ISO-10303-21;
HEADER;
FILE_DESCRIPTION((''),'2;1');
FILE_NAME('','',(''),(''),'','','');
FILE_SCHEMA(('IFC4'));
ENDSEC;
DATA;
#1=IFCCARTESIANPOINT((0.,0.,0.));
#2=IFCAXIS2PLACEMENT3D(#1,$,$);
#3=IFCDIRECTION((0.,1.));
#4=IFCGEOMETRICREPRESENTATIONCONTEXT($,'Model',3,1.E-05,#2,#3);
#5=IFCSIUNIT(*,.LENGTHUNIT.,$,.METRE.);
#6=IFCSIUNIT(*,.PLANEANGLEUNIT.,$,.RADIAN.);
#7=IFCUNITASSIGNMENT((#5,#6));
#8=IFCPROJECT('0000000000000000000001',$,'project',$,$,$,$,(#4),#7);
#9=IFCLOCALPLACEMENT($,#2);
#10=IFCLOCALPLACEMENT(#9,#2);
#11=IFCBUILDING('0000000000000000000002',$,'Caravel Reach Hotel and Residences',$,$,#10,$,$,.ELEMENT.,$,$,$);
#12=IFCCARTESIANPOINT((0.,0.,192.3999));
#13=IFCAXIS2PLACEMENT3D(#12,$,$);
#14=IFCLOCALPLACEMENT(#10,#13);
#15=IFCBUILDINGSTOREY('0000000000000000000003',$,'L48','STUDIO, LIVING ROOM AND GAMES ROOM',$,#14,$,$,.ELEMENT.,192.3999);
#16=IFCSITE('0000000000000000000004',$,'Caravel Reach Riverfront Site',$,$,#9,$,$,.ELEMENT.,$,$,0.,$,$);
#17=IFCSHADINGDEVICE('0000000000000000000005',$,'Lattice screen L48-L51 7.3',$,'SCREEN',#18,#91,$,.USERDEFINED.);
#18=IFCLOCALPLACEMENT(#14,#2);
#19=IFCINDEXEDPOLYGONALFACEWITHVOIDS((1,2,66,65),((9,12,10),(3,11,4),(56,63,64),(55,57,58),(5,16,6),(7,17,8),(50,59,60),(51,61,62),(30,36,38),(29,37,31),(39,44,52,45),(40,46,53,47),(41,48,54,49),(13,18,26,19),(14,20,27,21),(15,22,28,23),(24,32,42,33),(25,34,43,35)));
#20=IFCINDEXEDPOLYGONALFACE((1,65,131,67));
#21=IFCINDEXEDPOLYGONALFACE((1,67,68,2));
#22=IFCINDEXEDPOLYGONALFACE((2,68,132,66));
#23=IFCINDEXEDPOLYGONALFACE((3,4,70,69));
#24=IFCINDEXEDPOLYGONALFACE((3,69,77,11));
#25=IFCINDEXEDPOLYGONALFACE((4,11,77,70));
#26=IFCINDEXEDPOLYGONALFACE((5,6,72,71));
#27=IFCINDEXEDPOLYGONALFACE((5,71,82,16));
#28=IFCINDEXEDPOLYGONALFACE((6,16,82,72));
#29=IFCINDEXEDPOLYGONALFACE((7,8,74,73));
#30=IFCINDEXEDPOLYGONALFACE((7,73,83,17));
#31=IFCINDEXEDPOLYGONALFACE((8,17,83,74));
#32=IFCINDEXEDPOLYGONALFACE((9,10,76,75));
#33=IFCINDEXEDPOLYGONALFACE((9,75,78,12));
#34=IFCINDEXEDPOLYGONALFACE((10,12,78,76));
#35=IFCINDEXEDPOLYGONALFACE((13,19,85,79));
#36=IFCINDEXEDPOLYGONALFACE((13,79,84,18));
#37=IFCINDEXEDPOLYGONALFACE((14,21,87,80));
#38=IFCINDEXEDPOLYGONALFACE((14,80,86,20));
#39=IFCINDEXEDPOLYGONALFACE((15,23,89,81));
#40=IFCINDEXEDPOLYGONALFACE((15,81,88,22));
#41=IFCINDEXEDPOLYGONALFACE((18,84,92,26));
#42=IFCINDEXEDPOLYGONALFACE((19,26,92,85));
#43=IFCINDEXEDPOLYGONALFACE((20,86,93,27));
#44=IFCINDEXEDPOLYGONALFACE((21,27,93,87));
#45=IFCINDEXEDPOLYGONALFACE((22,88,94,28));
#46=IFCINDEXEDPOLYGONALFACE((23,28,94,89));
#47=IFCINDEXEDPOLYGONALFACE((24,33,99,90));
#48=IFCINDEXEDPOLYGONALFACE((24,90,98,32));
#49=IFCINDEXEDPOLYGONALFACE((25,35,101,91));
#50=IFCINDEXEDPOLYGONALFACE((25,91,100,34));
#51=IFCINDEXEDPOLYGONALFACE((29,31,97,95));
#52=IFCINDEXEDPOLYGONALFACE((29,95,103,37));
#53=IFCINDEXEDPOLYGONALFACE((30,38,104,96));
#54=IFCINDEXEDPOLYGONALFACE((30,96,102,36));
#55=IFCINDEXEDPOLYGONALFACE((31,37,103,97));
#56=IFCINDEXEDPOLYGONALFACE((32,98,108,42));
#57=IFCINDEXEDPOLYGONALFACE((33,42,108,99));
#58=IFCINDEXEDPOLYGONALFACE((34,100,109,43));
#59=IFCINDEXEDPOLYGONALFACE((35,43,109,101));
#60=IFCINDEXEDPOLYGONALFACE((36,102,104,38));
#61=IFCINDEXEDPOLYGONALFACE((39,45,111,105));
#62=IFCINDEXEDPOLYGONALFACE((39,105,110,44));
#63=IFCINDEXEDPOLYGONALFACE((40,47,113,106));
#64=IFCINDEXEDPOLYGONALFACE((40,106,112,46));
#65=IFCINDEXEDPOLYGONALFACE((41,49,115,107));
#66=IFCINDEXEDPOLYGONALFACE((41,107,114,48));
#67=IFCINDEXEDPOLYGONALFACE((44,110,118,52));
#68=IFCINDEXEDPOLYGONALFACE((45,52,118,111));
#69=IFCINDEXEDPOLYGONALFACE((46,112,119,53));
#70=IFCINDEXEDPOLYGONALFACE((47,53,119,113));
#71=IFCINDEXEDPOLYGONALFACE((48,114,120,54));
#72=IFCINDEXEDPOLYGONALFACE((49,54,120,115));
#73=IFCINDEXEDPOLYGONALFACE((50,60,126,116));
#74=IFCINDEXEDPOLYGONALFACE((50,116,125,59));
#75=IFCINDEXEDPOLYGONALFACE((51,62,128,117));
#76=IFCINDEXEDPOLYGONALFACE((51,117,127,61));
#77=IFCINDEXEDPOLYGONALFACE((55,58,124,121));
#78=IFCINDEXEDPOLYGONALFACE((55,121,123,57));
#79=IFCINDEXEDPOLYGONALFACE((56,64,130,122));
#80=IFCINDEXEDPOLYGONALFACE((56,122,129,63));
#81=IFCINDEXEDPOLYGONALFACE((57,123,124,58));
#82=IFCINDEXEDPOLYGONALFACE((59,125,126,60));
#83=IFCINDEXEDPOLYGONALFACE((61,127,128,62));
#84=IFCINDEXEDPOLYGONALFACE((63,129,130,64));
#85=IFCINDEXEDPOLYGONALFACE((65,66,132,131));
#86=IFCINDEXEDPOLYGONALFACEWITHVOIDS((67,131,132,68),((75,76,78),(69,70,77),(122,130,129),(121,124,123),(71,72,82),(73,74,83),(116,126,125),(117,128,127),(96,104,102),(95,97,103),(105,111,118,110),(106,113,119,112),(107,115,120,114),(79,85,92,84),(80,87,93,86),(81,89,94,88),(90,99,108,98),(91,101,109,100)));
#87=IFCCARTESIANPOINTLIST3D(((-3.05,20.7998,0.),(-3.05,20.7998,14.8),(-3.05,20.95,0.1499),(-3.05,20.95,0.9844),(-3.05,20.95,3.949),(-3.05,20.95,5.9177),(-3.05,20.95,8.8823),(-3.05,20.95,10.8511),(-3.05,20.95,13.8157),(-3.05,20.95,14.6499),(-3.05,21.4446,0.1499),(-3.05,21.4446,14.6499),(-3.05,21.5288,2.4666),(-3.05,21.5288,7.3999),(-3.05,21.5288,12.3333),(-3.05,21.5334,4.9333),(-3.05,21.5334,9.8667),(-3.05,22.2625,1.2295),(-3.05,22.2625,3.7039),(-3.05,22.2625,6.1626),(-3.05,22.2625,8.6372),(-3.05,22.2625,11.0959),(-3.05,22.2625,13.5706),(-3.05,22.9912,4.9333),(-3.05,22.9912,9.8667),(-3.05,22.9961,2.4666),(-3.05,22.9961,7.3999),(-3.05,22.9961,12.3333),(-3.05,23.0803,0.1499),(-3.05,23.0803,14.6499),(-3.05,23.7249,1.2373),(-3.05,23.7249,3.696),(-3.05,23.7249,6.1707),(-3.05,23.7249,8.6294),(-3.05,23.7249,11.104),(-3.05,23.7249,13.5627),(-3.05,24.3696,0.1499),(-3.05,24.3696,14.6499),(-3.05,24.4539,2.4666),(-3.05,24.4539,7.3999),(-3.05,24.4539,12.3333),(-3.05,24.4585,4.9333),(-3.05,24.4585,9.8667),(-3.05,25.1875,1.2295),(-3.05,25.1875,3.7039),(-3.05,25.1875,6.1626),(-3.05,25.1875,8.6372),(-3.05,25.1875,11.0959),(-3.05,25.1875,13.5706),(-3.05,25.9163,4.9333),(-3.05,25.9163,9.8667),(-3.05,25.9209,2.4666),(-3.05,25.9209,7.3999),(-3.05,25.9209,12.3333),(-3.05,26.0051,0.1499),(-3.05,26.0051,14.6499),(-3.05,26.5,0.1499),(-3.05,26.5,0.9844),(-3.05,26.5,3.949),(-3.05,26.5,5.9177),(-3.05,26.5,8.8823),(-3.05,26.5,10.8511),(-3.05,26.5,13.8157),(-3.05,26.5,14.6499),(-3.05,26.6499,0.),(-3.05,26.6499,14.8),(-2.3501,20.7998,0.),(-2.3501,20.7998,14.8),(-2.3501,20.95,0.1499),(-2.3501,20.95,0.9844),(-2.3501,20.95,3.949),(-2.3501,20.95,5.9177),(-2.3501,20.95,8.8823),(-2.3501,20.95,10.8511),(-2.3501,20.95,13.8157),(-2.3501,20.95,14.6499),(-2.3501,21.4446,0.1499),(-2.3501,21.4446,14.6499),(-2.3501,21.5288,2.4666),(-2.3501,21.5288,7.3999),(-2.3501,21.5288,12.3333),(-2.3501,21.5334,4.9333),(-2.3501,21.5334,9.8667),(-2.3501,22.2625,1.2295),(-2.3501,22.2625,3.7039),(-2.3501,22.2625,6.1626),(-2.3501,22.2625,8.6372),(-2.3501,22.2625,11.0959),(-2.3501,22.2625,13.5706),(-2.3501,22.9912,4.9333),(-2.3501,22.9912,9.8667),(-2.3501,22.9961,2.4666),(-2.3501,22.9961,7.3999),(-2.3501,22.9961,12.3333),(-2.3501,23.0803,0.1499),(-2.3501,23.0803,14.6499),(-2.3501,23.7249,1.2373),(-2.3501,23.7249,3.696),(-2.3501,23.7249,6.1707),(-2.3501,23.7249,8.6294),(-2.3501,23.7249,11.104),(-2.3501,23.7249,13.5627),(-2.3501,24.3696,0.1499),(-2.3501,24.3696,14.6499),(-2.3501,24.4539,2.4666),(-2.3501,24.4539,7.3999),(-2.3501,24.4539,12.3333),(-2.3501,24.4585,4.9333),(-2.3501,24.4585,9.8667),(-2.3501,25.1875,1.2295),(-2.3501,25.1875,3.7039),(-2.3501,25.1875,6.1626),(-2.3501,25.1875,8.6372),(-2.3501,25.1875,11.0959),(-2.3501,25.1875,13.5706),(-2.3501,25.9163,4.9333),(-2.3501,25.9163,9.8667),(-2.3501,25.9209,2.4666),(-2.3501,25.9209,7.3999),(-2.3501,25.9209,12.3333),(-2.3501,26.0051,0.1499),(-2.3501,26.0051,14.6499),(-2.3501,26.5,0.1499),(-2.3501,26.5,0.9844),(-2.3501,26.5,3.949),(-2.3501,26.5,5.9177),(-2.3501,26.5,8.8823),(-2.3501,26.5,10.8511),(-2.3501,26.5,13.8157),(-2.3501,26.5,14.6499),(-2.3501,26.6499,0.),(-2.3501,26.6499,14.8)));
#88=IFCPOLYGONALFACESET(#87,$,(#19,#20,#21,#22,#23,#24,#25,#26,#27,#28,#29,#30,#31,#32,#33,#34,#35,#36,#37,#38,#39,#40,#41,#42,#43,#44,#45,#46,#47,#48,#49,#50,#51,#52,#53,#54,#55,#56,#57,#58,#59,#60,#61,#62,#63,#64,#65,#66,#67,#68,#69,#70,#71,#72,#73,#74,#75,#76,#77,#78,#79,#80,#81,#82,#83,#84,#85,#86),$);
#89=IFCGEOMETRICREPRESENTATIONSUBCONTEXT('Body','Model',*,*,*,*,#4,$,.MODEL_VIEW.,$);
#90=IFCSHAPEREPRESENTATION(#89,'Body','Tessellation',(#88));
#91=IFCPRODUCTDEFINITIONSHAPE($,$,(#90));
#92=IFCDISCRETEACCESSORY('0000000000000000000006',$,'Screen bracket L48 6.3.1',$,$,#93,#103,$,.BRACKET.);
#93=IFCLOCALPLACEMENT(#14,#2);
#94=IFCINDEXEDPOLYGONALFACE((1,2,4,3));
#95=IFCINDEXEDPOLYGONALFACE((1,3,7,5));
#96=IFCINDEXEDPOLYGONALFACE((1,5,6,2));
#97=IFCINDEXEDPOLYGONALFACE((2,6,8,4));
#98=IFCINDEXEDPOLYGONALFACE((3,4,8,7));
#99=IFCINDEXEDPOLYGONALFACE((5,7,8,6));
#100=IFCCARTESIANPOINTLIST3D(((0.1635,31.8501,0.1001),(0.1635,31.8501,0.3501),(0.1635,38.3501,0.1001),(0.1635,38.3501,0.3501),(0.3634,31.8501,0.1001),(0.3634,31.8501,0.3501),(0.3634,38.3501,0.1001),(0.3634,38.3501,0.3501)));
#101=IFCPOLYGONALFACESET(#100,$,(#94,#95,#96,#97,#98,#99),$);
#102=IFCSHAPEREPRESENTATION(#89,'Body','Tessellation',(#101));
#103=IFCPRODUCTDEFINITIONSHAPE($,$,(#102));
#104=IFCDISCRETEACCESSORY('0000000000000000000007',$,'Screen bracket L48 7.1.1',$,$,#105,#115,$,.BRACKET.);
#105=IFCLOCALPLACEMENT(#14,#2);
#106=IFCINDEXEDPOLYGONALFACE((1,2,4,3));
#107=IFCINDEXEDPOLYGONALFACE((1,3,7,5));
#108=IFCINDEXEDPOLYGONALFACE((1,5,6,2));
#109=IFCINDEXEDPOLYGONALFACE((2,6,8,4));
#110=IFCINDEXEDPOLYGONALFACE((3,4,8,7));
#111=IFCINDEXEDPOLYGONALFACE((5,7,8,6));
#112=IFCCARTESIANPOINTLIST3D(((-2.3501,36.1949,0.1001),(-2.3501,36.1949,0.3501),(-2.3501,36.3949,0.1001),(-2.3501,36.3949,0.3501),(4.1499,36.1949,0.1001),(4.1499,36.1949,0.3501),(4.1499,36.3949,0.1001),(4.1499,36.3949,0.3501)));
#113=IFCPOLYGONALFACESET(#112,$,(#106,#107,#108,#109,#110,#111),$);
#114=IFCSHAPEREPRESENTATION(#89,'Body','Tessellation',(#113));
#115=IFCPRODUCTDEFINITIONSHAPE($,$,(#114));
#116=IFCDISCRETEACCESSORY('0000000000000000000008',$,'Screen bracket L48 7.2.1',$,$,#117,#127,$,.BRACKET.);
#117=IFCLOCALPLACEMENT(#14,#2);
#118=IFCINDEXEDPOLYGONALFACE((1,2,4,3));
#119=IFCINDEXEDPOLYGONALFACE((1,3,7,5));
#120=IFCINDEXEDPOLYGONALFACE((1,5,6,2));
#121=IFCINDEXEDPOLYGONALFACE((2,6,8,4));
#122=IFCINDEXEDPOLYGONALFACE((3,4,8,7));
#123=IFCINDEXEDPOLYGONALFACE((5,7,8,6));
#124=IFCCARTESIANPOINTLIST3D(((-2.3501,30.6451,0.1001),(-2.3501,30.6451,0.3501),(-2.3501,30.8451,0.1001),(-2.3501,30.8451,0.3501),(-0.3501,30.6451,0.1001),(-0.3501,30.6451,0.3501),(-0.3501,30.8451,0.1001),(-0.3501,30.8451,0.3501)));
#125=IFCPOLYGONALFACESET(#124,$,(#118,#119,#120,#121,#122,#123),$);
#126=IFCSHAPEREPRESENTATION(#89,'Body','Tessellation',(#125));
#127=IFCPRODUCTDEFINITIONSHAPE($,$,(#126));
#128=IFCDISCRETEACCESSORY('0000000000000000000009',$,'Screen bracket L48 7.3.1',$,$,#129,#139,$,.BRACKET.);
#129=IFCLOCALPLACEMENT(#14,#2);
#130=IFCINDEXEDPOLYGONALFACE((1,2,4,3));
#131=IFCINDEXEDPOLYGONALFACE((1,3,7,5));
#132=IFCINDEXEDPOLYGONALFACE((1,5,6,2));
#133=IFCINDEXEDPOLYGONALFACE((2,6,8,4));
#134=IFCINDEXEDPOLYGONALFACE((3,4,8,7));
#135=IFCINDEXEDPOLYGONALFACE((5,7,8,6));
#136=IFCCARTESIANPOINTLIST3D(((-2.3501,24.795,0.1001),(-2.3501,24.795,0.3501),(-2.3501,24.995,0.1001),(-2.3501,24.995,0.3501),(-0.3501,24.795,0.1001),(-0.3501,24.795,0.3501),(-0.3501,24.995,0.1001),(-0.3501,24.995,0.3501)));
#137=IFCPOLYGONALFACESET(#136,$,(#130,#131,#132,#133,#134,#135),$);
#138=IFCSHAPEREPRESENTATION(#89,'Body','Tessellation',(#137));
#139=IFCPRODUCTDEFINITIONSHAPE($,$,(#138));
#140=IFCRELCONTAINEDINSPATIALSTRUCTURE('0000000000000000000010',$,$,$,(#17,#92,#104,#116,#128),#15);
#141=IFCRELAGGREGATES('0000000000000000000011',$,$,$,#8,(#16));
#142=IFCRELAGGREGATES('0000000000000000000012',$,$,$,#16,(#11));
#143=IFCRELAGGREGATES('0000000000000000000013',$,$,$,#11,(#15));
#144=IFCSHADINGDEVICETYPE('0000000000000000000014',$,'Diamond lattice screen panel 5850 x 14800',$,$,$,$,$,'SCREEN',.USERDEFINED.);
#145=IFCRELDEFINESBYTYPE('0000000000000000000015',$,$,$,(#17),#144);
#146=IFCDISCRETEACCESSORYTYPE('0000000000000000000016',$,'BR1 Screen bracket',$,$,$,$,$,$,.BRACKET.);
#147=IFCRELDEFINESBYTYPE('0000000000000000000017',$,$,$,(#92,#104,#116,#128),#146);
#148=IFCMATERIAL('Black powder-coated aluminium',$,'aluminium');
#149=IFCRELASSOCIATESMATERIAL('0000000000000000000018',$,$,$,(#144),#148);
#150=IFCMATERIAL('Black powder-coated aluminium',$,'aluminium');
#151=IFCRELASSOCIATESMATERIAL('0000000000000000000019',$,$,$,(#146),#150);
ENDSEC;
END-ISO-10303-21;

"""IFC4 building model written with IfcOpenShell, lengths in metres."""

from ifc_helpers import new_model, si_unit, direction, frame, origin, origin_2d, place, context, subcontext, project, spatial, polyline, rectangle, outline, extrude, material, type_object, element, save


model = new_model("IFC4")

# Units and contexts
model_context = context("Model", 3, precision=1e-05, world=origin(), true_north=direction((0.0, 1.0)))
body_context = subcontext(model_context, "Body", "Model", "MODEL_VIEW")
ifc_project = project(units=[si_unit("LENGTHUNIT", "METRE"), si_unit("PLANEANGLEUNIT", "RADIAN")], contexts=[model_context])

# Site, building, storey
site_placement = place(None, origin())
site = spatial("IfcSite", under=ifc_project, at=site_placement, Name="Caravel Reach Riverfront Site", CompositionType="ELEMENT", RefElevation=0.0)
building_placement = place(site_placement, origin())
building = spatial("IfcBuilding", under=site, at=building_placement, Name="Caravel Reach Hotel and Residences", CompositionType="ELEMENT")
storey_placement = place(building_placement, frame((0.0, 0.0, 192.3999)))
storey = spatial("IfcBuildingStorey", under=building, at=storey_placement, Name="L48", Description="STUDIO, LIVING ROOM AND GAMES ROOM", CompositionType="ELEMENT", Elevation=192.3999)

# Shading device
ifc_material_1 = material(Name="Black powder-coated aluminium", Category="aluminium")
shading_device_type_1 = type_object("IfcShadingDeviceType", Name="Diamond lattice screen panel 5850 x 14800", ElementType="SCREEN", PredefinedType="USERDEFINED", material=ifc_material_1)
shading_device_1_placement = place(storey_placement, frame((-2.3501, 26.6499, 0.0), z_axis=(-1.0, 0.0, 0.0), x_axis=(0.0, -1.0, 0.0)))
element("IfcShadingDevice", 1, at=shading_device_1_placement, inside=storey, type_object=shading_device_type_1, Name="Lattice screen L48-L51 7.3", ObjectType="SCREEN", PredefinedType="USERDEFINED", context=body_context, shape_type="SweptSolid", body=[
    extrude(outline(polyline([(0.0, 0.0), (5.8501, 0.0), (5.8501, 14.8), (0.0, 14.8), (0.0, 0.0)]), holes=[polyline([(0.6448, 0.1499), (0.1499, 0.9844), (0.1499, 0.1499), (0.6448, 0.1499)]), polyline([(0.7336, 4.9333), (0.1499, 5.9177), (0.1499, 3.949), (0.7336, 4.9333)]), polyline([(0.7336, 9.8667), (0.1499, 10.8511), (0.1499, 8.8823), (0.7336, 9.8667)]), polyline([(0.1499, 13.8157), (0.6448, 14.6499), (0.1499, 14.6499), (0.1499, 13.8157)]), polyline([(1.4624, 3.7039), (0.729, 2.4666), (1.4624, 1.2295), (2.196, 2.4666), (1.4624, 3.7039)]), polyline([(1.4624, 8.6372), (0.729, 7.3999), (1.4624, 6.1626), (2.196, 7.3999), (1.4624, 8.6372)]), polyline([(1.4624, 13.5706), (0.729, 12.3333), (1.4624, 11.0959), (2.196, 12.3333), (1.4624, 13.5706)]), polyline([(2.925, 1.2373), (2.2803, 0.1499), (3.5696, 0.1499), (2.925, 1.2373)]), polyline([(2.925, 6.1707), (2.1914, 4.9333), (2.925, 3.696), (3.6587, 4.9333), (2.925, 6.1707)]), polyline([(2.925, 11.104), (2.1914, 9.8667), (2.925, 8.6294), (3.6587, 9.8667), (2.925, 11.104)]), polyline([(2.925, 13.5627), (3.5696, 14.6499), (2.2803, 14.6499), (2.925, 13.5627)]), polyline([(4.3875, 3.7039), (3.6538, 2.4666), (4.3875, 1.2295), (5.1211, 2.4666), (4.3875, 3.7039)]), polyline([(4.3875, 8.6372), (3.6538, 7.3999), (4.3875, 6.1626), (5.1211, 7.3999), (4.3875, 8.6372)]), polyline([(4.3875, 13.5706), (3.6538, 12.3333), (4.3875, 11.0959), (5.1211, 12.3333), (4.3875, 13.5706)]), polyline([(5.7, 0.9844), (5.2053, 0.1499), (5.7, 0.1499), (5.7, 0.9844)]), polyline([(5.1165, 4.9333), (5.7, 3.949), (5.7, 5.9177), (5.1165, 4.9333)]), polyline([(5.1165, 9.8667), (5.7, 8.8823), (5.7, 10.8511), (5.1165, 9.8667)]), polyline([(5.2053, 14.6499), (5.7, 13.8157), (5.7, 14.6499), (5.2053, 14.6499)])]), origin(), (0.0, 0.0, 1.0), 0.7),
])

# Discrete accessories
ifc_material_2 = material(Name="Black powder-coated aluminium", Category="aluminium")
discrete_accessory_type = type_object("IfcDiscreteAccessoryType", Name="BR1 Screen bracket", PredefinedType="BRACKET", material=ifc_material_2)
for number, where, z_axis, x_axis, name in (
    (2, (0.2634, 35.1001, 0.1001), (0.0, 0.0, 1.0), (0.0, 1.0, 0.0), "Screen bracket L48 6.3.1"),
    (3, (0.8999, 36.2949, 0.1001), (0.0, 0.0, 1.0), (-1.0, 0.0, 0.0), "Screen bracket L48 7.1.1"),
):
    element("IfcDiscreteAccessory", number, at=place(storey_placement, frame(where, z_axis=z_axis, x_axis=x_axis)), inside=storey, type_object=discrete_accessory_type, Name=name, PredefinedType="BRACKET", context=body_context, shape_type="SweptSolid", body=[
        extrude(rectangle(XDim=6.5, YDim=0.2, at=origin_2d()), origin(), (0.0, 0.0, 1.0), 0.25),
    ])
for number, where, z_axis, x_axis, name in (
    (4, (-1.3501, 30.7451, 0.1001), (0.0, 0.0, 1.0), (-1.0, 0.0, 0.0), "Screen bracket L48 7.2.1"),
    (5, (-1.3501, 24.895, 0.1001), (0.0, 0.0, 1.0), (-1.0, 0.0, 0.0), "Screen bracket L48 7.3.1"),
):
    element("IfcDiscreteAccessory", number, at=place(storey_placement, frame(where, z_axis=z_axis, x_axis=x_axis)), inside=storey, type_object=discrete_accessory_type, Name=name, PredefinedType="BRACKET", context=body_context, shape_type="SweptSolid", body=[
        extrude(rectangle(XDim=2.0, YDim=0.2, at=origin_2d()), origin(), (0.0, 0.0, 1.0), 0.25),
    ])

save(model, "model.ifc")
